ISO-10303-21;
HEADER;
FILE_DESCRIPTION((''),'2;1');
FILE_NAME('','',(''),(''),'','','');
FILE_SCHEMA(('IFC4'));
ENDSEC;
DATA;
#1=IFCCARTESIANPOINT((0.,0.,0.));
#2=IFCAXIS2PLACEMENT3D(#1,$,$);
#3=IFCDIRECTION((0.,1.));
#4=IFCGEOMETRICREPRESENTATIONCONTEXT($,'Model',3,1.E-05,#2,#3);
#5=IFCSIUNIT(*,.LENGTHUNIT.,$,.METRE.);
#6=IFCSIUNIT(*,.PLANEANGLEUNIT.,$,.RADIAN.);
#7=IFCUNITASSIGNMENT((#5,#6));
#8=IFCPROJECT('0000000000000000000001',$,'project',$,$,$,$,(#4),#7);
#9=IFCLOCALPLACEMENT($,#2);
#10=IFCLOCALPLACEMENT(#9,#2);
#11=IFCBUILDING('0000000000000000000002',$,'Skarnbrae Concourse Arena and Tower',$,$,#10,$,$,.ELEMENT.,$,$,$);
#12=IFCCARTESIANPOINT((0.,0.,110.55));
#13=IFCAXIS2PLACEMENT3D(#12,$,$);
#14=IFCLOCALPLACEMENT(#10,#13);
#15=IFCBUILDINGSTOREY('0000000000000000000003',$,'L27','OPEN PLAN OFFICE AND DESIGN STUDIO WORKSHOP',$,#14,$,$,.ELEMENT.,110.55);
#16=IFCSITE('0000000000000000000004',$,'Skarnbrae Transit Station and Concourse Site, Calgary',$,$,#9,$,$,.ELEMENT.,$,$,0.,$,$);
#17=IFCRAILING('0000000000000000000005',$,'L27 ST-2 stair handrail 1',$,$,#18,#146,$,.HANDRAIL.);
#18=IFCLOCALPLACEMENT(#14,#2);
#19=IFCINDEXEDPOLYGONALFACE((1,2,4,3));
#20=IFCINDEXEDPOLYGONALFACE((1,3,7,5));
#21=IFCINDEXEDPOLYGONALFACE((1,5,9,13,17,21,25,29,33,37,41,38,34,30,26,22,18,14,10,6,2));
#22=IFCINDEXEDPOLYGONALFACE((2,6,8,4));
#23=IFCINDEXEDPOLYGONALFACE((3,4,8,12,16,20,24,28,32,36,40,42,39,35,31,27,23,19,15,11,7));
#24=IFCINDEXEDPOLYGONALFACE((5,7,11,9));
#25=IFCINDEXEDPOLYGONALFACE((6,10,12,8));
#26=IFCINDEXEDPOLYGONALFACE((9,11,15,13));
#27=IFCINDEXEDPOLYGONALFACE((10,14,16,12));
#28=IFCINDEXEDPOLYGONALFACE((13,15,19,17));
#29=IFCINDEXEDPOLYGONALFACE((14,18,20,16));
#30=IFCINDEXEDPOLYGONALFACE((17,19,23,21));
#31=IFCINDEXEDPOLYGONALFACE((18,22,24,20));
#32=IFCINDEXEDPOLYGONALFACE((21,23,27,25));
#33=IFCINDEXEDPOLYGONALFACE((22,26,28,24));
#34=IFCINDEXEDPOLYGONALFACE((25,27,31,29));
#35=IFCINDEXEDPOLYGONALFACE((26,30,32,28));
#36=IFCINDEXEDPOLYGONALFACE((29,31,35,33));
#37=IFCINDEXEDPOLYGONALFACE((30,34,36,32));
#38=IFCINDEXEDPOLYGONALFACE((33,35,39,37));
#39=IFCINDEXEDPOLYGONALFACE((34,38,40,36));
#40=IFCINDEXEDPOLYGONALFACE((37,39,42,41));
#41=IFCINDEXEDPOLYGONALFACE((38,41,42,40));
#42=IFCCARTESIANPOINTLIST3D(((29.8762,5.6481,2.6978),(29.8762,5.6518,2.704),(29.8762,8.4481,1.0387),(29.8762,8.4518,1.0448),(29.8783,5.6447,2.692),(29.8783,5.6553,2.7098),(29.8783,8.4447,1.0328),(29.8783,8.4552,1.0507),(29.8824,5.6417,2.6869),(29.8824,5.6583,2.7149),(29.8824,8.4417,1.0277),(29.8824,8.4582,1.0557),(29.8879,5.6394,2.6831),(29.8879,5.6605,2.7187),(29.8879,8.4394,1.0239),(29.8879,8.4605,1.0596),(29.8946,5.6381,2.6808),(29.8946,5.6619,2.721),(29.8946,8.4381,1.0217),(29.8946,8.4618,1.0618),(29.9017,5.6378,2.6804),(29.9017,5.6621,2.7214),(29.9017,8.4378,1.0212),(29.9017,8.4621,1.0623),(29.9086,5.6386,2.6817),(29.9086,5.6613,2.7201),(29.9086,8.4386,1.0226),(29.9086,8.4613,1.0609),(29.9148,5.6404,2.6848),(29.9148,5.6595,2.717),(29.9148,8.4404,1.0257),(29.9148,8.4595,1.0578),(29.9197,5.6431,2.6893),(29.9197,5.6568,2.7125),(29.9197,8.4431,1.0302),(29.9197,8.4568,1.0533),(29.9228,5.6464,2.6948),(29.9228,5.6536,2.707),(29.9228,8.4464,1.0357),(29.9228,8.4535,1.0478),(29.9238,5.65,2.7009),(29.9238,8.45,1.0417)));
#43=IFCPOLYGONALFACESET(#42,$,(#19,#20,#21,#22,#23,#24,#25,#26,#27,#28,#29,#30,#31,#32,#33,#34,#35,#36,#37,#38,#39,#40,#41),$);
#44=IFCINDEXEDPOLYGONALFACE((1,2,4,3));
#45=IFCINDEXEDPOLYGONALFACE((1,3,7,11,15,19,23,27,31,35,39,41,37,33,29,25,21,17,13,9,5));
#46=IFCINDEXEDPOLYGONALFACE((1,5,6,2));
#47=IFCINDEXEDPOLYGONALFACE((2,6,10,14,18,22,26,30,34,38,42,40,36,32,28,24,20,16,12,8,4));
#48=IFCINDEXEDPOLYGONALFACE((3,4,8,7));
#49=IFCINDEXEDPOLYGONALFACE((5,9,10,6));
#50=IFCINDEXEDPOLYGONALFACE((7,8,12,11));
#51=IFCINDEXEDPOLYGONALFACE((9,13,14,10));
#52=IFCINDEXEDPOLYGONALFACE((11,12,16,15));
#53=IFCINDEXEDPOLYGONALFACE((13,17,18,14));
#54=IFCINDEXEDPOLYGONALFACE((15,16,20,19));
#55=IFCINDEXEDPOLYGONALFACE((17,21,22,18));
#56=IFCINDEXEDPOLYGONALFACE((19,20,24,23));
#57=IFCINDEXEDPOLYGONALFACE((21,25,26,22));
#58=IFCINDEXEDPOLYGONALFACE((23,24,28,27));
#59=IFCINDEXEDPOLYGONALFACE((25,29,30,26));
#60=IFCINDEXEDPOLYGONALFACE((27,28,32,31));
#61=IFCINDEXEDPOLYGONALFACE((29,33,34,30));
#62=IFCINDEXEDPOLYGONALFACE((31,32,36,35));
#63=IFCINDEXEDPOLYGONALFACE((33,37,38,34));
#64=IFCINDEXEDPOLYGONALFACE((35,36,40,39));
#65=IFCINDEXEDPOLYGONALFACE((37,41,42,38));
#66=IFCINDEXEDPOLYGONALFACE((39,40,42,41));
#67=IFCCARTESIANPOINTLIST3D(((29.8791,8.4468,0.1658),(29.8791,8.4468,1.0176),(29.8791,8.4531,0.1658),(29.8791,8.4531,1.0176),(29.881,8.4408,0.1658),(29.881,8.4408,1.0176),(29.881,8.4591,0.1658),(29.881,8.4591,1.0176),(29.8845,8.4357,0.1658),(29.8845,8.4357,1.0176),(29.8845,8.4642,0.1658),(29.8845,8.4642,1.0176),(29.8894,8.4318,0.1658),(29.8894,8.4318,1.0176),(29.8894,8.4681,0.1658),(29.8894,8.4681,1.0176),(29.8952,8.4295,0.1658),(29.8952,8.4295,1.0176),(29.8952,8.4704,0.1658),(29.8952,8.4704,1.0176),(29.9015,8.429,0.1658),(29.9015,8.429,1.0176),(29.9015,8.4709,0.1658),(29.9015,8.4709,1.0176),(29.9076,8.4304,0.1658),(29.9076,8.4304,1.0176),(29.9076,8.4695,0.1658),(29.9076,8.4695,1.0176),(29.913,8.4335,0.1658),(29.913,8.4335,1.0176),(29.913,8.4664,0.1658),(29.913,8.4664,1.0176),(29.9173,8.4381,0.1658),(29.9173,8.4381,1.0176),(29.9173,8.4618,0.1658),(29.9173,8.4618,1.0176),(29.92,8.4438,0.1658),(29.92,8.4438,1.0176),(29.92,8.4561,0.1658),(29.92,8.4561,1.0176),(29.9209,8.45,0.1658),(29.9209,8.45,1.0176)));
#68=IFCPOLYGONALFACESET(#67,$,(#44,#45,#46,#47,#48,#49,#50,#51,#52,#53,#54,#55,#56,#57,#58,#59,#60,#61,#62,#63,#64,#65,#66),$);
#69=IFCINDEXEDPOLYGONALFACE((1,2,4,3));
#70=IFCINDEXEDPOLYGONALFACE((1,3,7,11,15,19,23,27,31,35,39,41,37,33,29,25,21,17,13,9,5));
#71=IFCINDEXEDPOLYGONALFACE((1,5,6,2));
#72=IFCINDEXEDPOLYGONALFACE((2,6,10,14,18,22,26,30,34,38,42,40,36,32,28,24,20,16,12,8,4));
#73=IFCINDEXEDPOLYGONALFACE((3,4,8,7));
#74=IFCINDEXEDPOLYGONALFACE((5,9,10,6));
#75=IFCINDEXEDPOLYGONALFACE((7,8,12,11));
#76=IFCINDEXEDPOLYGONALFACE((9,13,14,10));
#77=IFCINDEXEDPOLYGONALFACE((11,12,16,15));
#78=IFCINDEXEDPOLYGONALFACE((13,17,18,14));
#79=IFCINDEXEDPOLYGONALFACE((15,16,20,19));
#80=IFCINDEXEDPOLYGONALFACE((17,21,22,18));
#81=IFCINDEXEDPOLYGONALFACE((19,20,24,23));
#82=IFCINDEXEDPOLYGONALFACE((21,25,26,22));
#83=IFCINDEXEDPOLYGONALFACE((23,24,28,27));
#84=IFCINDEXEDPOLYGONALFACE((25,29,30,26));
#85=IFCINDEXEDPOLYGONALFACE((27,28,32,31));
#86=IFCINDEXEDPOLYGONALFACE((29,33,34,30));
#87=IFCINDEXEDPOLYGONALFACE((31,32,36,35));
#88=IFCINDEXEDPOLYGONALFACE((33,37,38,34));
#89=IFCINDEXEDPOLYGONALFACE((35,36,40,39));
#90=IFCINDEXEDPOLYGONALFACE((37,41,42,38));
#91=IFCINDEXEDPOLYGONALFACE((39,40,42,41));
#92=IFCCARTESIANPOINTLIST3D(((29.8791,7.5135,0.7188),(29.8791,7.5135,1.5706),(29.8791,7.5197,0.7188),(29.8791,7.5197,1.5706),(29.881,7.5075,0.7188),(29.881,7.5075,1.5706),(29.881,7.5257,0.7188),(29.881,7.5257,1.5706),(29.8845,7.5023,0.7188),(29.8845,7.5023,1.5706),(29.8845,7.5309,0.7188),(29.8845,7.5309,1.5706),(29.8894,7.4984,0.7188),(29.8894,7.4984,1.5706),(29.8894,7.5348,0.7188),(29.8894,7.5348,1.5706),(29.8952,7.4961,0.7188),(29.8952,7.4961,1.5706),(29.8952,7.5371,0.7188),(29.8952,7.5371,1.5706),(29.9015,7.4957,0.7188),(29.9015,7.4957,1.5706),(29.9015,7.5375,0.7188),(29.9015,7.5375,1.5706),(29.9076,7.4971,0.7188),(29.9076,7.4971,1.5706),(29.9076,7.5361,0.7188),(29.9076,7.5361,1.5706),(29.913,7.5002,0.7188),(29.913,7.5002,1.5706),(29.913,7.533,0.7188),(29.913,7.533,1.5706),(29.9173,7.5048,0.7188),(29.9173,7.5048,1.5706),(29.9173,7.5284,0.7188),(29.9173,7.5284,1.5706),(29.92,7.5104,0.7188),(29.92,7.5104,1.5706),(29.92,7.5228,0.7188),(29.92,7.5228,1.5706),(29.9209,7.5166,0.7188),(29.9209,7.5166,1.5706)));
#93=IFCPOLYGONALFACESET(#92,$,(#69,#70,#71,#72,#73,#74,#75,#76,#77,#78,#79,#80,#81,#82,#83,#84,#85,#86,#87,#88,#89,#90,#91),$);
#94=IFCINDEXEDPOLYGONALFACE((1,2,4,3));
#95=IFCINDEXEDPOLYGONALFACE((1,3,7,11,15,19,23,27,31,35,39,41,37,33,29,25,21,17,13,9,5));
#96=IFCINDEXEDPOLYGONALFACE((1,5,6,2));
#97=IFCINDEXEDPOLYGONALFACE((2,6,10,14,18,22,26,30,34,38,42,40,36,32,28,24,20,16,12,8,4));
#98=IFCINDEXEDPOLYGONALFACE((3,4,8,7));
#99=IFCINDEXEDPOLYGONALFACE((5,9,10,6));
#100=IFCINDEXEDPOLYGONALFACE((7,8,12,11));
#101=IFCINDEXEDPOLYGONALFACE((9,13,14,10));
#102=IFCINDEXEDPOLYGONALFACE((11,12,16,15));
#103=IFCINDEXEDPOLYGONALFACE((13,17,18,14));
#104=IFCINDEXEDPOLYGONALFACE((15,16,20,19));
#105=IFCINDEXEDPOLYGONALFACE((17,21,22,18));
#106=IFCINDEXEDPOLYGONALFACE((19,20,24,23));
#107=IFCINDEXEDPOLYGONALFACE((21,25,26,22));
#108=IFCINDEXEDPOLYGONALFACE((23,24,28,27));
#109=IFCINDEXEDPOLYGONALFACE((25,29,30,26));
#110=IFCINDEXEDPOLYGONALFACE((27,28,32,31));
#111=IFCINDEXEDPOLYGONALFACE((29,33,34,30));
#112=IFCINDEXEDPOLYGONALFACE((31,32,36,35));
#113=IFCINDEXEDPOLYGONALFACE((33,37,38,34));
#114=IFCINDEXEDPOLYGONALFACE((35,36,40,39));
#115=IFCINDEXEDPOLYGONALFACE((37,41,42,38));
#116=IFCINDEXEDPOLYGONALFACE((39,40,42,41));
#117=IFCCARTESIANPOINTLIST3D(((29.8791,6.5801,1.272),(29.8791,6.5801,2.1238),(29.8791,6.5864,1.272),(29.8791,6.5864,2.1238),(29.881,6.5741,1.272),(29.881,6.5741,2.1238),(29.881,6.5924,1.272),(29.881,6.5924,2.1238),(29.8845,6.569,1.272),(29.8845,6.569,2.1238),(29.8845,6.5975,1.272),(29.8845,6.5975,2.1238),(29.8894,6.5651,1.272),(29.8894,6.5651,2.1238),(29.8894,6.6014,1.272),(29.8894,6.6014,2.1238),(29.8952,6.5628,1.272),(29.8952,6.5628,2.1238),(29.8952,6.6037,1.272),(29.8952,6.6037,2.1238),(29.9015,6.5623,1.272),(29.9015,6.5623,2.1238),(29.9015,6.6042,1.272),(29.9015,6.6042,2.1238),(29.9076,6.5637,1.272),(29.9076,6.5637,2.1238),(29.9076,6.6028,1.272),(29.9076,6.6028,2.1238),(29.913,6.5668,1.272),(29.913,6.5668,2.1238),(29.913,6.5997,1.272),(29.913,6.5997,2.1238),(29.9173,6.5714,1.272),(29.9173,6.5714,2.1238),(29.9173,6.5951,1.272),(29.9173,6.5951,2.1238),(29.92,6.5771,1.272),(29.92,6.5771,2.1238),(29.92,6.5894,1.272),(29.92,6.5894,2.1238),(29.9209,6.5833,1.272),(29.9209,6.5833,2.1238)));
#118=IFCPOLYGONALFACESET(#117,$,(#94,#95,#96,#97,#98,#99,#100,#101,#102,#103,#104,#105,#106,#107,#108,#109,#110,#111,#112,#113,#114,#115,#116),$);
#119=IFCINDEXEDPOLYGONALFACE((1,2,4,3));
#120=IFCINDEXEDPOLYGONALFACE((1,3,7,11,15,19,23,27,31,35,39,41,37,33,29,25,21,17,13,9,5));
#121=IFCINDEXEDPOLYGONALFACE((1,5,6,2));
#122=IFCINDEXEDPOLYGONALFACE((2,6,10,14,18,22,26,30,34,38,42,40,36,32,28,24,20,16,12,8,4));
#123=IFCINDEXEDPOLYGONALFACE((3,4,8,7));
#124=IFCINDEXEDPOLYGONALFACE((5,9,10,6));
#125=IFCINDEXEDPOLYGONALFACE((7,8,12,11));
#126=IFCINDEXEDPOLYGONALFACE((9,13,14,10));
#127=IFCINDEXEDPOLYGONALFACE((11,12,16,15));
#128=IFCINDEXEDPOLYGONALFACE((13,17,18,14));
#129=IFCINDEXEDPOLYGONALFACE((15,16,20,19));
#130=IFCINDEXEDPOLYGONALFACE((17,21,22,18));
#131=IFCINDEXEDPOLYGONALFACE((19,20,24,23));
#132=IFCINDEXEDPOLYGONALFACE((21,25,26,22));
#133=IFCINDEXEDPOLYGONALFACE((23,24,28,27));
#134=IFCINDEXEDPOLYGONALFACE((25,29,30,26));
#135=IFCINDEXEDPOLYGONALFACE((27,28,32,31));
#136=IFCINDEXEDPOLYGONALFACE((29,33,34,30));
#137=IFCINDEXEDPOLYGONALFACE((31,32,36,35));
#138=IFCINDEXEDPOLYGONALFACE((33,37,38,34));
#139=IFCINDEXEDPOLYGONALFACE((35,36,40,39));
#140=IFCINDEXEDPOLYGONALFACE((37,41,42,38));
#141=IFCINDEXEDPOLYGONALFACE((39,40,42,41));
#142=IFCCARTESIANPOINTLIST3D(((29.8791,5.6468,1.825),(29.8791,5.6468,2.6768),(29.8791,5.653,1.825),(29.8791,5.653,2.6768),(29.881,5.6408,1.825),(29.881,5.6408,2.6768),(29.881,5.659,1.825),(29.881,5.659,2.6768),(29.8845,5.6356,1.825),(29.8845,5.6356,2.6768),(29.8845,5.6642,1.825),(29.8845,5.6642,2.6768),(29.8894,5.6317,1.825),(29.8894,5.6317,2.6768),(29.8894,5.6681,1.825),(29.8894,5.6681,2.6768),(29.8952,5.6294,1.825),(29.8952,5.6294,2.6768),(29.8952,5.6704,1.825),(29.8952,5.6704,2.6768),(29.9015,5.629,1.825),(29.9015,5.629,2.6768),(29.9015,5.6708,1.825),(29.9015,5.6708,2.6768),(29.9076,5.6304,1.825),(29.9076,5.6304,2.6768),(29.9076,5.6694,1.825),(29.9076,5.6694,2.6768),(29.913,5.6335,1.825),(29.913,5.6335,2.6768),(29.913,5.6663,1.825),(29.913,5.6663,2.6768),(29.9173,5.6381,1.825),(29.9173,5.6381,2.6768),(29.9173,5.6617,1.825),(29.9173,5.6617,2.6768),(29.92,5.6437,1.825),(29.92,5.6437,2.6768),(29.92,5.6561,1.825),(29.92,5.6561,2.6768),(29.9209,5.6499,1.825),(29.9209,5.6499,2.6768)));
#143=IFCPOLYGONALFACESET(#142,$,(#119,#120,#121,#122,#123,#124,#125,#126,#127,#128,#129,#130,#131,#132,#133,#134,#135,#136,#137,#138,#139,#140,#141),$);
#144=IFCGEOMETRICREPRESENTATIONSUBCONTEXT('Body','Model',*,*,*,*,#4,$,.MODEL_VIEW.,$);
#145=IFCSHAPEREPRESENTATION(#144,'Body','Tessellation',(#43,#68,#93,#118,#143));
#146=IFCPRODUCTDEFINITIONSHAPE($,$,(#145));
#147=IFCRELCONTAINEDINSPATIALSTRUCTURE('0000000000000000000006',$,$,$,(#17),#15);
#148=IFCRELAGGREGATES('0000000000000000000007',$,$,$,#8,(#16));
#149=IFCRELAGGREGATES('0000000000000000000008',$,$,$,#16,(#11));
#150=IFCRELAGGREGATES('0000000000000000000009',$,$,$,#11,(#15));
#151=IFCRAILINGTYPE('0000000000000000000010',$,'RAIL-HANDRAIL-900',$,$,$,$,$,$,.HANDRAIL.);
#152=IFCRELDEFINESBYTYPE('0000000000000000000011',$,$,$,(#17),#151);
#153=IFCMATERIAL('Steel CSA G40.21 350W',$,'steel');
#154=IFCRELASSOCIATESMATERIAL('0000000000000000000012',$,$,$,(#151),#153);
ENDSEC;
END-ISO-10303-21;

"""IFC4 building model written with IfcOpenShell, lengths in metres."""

from ifc_helpers import new_model, si_unit, direction, frame, origin, origin_2d, place, context, subcontext, project, spatial, circle, extrude, material, type_object, element, save


model = new_model("IFC4")

# Units and contexts
model_context = context("Model", 3, precision=1e-05, world=origin(), true_north=direction((0.0, 1.0)))
body_context = subcontext(model_context, "Body", "Model", "MODEL_VIEW")
ifc_project = project(units=[si_unit("LENGTHUNIT", "METRE"), si_unit("PLANEANGLEUNIT", "RADIAN")], contexts=[model_context])

# Site, building, storey
site_placement = place(None, origin())
site = spatial("IfcSite", under=ifc_project, at=site_placement, Name="Skarnbrae Transit Station and Concourse Site, Calgary", CompositionType="ELEMENT", RefElevation=0.0)
building_placement = place(site_placement, origin())
building = spatial("IfcBuilding", under=site, at=building_placement, Name="Skarnbrae Concourse Arena and Tower", CompositionType="ELEMENT")
storey_placement = place(building_placement, frame((0.0, 0.0, 110.55)))
storey = spatial("IfcBuildingStorey", under=building, at=storey_placement, Name="L27", Description="OPEN PLAN OFFICE AND DESIGN STUDIO WORKSHOP", CompositionType="ELEMENT", Elevation=110.55)

# Shared definitions
ifc_material_1 = material(Name="Steel CSA G40.21 350W", Category="steel")

# Railing
railing_type_1 = type_object("IfcRailingType", Name="RAIL-HANDRAIL-900", PredefinedType="HANDRAIL", material=ifc_material_1)
railing_1_placement = place(storey_placement, frame((29.8999, 8.45, 0.1658)))
element("IfcRailing", 1, at=railing_1_placement, inside=storey, type_object=railing_type_1, Name="L27 ST-2 stair handrail 1", PredefinedType="HANDRAIL", context=body_context, shape_type="SweptSolid", body=[
    extrude(circle(Radius=0.0239, at=origin_2d()), frame((0.0, 0.0, 0.876), z_axis=(0.0, -0.860306, 0.509778), x_axis=(1.0, 0.0, 0.0)), (0.0, 0.0, 1.0), 3.2546),
    extrude(circle(Radius=0.021, at=origin_2d()), origin(), (0.0, 0.0, 1.0), 0.8518),
    extrude(circle(Radius=0.021, at=origin_2d()), frame((0.0, -0.9333, 0.553)), (0.0, 0.0, 1.0), 0.8518),
    extrude(circle(Radius=0.021, at=origin_2d()), frame((0.0, -1.8667, 1.1062)), (0.0, 0.0, 1.0), 0.8518),
    extrude(circle(Radius=0.021, at=origin_2d()), frame((0.0, -2.8, 1.6592)), (0.0, 0.0, 1.0), 0.8518),
])

save(model, "model.ifc")
